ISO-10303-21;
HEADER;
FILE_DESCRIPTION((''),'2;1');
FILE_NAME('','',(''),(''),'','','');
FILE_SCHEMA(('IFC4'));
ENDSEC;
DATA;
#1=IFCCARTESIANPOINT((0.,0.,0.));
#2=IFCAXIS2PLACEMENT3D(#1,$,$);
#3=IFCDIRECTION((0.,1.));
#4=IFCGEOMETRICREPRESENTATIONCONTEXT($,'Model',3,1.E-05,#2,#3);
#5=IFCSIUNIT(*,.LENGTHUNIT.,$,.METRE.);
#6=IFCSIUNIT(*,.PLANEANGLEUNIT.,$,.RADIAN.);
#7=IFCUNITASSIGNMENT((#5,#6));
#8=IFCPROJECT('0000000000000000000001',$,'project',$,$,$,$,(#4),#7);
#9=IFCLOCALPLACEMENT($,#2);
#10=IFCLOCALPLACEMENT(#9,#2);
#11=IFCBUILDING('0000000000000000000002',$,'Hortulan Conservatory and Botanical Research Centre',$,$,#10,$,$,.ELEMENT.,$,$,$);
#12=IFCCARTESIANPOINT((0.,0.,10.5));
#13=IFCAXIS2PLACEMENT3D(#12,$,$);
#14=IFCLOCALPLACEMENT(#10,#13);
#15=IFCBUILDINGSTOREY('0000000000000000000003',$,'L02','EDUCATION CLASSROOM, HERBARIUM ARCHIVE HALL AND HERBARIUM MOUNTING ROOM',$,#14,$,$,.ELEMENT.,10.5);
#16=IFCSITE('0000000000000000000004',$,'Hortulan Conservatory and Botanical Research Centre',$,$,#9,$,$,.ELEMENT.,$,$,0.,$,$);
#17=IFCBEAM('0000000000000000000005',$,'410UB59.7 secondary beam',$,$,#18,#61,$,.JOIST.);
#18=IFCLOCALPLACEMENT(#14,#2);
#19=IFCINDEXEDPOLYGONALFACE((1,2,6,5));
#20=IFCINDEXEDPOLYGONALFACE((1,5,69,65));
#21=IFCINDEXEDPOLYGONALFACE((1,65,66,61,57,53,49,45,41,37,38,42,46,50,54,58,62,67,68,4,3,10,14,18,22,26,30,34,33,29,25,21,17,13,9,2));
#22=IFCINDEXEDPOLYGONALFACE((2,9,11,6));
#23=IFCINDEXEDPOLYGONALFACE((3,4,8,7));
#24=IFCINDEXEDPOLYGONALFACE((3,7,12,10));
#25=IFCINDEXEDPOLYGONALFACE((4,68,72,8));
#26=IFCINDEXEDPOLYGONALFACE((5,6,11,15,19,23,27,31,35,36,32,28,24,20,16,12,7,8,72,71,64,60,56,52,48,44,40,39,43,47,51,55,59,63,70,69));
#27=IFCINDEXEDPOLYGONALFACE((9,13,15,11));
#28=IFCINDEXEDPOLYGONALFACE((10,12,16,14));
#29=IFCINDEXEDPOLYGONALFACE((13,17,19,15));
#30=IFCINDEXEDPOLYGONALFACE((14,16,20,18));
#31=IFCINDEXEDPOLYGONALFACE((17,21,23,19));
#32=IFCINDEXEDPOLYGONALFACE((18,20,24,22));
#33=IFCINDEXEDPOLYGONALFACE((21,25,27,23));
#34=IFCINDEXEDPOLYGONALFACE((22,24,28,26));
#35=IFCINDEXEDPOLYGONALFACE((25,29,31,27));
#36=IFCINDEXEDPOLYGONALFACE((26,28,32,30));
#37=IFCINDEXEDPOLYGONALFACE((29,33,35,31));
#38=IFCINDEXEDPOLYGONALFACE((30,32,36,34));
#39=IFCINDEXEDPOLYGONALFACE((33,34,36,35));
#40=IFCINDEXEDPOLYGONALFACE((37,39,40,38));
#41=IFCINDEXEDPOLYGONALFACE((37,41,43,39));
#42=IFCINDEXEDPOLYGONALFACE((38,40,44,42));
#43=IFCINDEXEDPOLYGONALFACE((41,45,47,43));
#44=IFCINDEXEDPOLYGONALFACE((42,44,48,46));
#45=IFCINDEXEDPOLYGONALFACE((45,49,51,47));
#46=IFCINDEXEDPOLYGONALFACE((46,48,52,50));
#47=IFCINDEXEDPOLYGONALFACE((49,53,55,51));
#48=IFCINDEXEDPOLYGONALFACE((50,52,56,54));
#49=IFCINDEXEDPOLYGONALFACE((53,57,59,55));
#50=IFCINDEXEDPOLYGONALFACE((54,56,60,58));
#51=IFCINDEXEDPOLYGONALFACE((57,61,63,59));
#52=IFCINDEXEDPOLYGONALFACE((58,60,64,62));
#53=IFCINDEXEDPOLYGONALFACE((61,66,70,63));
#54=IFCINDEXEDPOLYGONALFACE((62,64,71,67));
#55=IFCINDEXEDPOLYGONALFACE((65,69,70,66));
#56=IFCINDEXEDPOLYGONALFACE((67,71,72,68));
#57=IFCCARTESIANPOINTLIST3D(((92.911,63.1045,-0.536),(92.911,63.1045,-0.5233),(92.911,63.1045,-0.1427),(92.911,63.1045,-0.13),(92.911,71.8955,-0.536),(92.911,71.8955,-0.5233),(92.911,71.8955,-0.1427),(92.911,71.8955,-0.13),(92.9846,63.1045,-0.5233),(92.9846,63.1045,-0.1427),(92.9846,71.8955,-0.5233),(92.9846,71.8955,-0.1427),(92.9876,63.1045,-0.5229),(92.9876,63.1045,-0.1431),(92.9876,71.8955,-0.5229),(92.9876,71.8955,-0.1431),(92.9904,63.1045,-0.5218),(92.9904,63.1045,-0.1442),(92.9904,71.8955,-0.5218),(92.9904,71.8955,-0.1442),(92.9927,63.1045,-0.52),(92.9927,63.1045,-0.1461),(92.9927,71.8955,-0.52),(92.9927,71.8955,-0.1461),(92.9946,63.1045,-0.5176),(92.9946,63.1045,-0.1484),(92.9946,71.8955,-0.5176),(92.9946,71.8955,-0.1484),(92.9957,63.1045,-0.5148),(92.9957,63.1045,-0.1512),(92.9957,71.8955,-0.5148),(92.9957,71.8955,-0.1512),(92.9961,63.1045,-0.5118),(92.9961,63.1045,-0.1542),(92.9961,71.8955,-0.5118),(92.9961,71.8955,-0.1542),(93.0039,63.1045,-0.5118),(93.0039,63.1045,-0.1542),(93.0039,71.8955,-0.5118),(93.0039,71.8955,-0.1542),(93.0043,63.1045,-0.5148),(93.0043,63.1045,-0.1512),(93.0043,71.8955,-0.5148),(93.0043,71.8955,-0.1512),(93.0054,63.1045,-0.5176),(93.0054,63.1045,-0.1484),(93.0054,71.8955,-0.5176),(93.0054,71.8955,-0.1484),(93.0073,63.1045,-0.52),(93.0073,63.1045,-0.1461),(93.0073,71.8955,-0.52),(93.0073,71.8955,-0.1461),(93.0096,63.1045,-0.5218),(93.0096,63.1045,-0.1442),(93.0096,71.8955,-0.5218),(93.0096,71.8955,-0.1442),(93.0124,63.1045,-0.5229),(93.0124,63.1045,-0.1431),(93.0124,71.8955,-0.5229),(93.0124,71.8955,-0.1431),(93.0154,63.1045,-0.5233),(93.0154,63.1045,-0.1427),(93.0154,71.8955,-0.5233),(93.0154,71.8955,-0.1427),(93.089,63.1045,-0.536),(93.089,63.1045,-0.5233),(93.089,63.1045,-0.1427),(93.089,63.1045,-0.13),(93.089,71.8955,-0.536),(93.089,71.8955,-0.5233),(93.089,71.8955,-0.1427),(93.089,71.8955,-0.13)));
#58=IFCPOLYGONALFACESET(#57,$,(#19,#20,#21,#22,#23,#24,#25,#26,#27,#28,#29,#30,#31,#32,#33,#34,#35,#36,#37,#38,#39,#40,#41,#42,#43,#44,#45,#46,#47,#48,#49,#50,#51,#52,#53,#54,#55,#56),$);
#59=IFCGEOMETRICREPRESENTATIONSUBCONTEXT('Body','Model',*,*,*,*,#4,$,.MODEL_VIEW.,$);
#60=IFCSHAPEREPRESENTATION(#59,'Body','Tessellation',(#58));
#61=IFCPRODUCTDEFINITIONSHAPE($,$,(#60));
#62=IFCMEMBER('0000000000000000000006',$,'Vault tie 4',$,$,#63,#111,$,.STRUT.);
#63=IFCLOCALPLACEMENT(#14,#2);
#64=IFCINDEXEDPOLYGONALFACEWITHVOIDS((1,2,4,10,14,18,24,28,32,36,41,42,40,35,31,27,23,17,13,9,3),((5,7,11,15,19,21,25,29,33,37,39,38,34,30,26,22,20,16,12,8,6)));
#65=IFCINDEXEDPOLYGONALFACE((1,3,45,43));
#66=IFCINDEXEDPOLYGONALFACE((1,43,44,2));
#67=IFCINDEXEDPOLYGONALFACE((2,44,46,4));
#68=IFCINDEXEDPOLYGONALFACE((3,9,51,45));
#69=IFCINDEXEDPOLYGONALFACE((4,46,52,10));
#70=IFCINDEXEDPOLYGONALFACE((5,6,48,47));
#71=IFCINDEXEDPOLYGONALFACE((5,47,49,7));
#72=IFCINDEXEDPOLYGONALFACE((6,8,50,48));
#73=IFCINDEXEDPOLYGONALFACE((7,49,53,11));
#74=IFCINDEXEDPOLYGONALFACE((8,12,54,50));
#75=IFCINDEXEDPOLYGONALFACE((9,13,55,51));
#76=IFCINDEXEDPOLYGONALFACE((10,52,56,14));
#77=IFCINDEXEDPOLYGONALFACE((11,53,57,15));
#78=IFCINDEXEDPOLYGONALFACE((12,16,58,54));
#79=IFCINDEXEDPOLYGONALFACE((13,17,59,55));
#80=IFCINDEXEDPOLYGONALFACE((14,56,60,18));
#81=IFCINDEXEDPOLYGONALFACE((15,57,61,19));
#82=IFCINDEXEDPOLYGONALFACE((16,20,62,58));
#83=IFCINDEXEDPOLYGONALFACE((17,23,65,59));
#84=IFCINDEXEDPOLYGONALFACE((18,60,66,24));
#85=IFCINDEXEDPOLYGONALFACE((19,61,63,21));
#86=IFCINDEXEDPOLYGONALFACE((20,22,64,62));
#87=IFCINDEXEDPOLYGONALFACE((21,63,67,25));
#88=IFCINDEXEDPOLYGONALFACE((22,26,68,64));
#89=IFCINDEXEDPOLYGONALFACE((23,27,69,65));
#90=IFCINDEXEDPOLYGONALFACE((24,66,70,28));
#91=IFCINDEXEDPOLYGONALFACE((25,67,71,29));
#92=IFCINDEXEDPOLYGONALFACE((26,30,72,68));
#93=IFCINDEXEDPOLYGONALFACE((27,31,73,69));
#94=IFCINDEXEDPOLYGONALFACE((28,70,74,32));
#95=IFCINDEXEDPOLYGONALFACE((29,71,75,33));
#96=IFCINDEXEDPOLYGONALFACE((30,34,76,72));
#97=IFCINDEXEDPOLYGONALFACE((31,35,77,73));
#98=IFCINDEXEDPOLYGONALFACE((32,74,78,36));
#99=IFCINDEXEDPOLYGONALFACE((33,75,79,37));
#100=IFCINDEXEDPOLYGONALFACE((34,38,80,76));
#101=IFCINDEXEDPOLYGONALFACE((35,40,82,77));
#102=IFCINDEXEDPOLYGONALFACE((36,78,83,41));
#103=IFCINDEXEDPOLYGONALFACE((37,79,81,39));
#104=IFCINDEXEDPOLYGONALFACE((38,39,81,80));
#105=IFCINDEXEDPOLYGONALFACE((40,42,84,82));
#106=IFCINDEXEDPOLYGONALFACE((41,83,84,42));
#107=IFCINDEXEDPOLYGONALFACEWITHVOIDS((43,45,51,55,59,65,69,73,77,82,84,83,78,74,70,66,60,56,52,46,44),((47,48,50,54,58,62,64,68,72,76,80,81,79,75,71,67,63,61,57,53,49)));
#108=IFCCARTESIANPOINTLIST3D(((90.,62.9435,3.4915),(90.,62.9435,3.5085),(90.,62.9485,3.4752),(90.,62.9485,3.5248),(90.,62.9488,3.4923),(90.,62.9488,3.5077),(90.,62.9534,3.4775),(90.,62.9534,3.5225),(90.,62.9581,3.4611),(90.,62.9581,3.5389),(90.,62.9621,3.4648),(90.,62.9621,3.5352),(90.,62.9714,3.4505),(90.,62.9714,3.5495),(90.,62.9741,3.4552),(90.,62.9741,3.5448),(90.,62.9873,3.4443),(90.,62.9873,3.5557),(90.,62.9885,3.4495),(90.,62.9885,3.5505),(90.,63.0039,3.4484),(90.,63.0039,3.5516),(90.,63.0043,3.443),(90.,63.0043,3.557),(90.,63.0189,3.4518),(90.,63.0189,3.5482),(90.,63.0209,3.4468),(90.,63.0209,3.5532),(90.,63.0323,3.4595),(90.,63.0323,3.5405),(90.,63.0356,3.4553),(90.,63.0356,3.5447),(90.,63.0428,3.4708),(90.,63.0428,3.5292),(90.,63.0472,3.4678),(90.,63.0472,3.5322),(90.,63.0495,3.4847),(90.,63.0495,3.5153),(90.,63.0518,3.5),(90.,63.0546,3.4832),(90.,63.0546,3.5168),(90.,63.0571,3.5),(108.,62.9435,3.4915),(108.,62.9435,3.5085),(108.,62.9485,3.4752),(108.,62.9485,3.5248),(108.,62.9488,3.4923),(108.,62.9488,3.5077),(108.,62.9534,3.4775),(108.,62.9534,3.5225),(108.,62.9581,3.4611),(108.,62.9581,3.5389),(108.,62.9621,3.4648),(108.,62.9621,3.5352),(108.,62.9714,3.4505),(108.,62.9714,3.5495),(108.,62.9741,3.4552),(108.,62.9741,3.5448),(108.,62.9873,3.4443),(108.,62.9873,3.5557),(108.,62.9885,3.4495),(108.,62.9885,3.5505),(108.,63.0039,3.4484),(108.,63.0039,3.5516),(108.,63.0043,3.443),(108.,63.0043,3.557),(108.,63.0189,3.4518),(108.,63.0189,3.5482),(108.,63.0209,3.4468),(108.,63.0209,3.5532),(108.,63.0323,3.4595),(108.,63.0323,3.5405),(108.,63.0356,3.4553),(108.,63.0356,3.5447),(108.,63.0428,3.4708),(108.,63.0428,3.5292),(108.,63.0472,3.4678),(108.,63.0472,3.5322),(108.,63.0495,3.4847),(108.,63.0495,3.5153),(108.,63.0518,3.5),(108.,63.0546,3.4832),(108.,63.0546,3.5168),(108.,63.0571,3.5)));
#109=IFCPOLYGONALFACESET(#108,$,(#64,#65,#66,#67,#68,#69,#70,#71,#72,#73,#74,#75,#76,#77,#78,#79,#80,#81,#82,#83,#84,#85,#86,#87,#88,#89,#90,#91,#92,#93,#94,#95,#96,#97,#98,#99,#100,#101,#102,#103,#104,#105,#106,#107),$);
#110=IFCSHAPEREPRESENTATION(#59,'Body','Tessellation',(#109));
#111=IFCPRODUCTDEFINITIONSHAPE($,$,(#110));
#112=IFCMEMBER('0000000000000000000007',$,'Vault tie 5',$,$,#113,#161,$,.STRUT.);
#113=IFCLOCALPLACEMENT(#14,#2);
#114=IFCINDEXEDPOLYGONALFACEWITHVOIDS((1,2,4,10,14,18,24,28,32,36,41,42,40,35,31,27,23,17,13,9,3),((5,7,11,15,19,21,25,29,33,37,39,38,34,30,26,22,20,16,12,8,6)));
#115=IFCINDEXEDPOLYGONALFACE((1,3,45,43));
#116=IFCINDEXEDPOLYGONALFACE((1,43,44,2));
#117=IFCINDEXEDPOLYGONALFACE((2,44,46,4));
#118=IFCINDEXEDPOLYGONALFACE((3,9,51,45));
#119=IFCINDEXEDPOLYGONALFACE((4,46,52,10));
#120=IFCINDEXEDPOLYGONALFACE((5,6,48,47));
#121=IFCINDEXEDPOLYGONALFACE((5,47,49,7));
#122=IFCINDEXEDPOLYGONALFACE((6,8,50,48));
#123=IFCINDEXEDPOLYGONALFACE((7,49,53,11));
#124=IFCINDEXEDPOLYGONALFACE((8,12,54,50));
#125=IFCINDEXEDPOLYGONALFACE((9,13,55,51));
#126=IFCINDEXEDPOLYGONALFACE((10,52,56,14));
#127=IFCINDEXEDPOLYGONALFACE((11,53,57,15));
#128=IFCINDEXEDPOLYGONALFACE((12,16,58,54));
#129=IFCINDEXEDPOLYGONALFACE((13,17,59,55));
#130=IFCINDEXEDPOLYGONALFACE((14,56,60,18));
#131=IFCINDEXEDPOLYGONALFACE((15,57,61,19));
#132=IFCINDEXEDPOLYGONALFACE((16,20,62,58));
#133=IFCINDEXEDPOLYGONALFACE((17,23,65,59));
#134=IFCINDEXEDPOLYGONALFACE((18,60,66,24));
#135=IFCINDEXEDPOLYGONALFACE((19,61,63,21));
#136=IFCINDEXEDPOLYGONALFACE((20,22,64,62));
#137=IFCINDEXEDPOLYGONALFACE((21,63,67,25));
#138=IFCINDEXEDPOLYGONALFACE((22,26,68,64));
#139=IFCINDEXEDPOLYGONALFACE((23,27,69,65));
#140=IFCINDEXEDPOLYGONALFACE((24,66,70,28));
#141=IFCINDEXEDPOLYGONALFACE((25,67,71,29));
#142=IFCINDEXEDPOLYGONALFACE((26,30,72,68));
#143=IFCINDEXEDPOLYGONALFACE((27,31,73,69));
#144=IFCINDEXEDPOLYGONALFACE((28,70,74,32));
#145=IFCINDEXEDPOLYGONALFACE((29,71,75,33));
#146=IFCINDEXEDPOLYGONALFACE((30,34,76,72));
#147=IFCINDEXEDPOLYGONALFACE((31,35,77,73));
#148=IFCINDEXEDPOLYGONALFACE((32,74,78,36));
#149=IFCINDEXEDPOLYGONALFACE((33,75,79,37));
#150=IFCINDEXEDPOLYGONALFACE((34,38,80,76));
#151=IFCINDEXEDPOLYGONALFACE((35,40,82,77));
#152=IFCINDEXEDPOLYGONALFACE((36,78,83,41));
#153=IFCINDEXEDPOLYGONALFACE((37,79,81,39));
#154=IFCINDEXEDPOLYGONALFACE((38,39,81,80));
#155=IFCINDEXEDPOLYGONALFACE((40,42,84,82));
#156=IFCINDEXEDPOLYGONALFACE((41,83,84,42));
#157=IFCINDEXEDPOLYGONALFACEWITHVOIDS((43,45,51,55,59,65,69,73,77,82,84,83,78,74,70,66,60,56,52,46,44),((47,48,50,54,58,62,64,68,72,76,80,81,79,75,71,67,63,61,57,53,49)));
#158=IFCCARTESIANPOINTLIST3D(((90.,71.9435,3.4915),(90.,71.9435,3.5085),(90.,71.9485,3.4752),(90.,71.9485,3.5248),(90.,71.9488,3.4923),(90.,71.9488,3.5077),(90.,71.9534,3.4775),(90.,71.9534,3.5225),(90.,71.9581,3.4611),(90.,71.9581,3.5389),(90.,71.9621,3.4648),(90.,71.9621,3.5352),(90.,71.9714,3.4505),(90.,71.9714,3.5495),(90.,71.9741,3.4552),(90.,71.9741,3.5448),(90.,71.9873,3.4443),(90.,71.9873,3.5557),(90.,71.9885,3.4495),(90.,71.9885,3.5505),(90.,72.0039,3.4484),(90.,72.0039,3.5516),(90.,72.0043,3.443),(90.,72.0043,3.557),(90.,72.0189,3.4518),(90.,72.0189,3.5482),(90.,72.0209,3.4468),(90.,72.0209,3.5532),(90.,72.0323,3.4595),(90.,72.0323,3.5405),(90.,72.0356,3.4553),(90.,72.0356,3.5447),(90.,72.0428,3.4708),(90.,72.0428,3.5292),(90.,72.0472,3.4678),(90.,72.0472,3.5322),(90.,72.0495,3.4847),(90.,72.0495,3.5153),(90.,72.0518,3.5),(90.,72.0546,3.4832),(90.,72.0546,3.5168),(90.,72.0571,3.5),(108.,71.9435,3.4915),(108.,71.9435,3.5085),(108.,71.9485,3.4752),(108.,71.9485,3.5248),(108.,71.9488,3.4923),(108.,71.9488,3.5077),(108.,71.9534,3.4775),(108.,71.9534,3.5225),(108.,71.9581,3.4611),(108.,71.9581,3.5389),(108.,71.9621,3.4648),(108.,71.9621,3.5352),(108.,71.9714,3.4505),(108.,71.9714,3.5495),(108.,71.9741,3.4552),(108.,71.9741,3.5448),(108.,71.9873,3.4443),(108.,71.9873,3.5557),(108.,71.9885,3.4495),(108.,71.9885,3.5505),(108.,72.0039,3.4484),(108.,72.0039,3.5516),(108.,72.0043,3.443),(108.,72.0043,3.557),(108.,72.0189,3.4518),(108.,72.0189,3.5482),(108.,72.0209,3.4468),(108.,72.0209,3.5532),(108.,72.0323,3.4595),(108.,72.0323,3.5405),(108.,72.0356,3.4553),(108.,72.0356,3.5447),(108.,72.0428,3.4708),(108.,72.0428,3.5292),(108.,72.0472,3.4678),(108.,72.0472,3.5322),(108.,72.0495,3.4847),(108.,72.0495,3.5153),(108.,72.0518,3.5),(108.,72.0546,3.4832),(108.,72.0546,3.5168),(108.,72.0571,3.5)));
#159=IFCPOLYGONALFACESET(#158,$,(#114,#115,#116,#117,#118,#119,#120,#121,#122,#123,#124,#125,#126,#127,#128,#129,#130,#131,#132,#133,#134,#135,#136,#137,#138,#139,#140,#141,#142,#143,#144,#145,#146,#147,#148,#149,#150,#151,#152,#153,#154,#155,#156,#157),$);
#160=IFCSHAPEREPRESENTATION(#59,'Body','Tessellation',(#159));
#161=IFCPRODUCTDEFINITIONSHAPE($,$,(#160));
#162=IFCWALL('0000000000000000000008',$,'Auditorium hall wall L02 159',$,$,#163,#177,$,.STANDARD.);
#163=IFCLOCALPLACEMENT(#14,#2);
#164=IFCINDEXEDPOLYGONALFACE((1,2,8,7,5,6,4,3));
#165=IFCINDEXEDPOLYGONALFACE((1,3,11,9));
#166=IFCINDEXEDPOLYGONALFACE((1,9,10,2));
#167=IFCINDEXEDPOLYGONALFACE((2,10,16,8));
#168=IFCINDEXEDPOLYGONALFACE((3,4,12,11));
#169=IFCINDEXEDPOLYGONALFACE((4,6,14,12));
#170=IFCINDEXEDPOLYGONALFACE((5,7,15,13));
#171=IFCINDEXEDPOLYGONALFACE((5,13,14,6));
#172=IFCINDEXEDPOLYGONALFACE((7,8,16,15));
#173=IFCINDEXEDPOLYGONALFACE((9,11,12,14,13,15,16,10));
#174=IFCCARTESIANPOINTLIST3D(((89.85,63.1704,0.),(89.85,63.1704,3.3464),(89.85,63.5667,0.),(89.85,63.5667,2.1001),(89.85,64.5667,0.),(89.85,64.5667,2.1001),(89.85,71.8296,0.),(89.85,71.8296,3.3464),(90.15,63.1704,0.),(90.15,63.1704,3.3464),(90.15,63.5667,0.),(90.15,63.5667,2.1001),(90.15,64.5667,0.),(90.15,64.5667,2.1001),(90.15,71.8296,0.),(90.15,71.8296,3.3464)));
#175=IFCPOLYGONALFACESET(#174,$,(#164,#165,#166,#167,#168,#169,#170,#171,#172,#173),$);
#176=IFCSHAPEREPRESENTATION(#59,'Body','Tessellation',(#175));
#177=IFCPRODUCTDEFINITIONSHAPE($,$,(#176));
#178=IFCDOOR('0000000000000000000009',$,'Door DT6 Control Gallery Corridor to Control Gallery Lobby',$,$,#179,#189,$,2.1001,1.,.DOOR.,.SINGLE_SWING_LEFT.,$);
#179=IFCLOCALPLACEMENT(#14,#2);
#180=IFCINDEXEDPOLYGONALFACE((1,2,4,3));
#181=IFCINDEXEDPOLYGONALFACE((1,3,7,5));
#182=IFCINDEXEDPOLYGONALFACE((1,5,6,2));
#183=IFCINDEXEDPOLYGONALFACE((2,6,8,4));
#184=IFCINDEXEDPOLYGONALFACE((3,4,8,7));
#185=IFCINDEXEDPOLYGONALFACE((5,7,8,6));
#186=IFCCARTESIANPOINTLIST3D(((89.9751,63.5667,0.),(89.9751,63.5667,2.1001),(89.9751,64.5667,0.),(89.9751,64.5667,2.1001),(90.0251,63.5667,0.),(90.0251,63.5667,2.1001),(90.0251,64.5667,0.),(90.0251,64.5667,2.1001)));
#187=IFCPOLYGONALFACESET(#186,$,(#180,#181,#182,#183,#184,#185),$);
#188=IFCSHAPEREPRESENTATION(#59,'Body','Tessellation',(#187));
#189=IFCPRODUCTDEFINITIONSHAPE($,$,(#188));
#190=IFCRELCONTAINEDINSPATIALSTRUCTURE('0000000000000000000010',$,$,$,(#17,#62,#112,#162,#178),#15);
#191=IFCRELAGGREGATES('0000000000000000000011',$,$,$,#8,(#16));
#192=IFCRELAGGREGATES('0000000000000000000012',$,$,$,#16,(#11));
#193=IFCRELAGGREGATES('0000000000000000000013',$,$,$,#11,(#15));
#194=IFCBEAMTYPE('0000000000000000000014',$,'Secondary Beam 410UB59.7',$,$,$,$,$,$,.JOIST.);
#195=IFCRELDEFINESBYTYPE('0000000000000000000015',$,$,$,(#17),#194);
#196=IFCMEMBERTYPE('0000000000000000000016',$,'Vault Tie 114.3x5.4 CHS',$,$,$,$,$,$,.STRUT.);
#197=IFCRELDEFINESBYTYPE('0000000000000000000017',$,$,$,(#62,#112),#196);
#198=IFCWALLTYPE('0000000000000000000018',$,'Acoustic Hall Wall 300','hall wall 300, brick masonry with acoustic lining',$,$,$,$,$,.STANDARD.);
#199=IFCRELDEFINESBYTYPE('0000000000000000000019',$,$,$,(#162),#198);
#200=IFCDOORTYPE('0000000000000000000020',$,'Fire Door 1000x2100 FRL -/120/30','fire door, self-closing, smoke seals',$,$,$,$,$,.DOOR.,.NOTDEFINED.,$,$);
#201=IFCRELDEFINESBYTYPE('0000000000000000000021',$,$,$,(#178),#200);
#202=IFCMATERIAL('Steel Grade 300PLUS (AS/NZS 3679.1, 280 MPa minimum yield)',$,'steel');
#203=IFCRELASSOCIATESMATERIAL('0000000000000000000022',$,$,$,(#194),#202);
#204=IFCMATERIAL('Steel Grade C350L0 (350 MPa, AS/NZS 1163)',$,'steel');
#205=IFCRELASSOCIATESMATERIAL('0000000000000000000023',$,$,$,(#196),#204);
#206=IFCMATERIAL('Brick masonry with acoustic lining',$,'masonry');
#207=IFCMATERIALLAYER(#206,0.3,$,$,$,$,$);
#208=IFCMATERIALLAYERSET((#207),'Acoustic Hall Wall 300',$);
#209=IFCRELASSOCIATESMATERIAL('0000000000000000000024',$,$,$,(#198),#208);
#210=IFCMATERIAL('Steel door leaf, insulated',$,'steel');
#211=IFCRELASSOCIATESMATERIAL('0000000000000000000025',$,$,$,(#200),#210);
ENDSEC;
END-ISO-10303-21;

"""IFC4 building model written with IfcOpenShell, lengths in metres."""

from ifc_helpers import new_model, si_unit, direction, frame, frame_2d, origin, origin_2d, place, context, subcontext, project, spatial, rectangle, hollow_circle, i_section, extrude, material, layer, layer_set, material_profile, profile_set, type_object, element, fill, save


model = new_model("IFC4")

# Units and contexts
model_context = context("Model", 3, precision=1e-05, world=origin(), true_north=direction((0.0, 1.0)))
body_context = subcontext(model_context, "Body", "Model", "MODEL_VIEW")
ifc_project = project(units=[si_unit("LENGTHUNIT", "METRE"), si_unit("PLANEANGLEUNIT", "RADIAN")], contexts=[model_context])

# Site, building, storey
site_placement = place(None, origin())
site = spatial("IfcSite", under=ifc_project, at=site_placement, Name="Hortulan Conservatory and Botanical Research Centre", CompositionType="ELEMENT", RefElevation=0.0)
building_placement = place(site_placement, origin())
building = spatial("IfcBuilding", under=site, at=building_placement, Name="Hortulan Conservatory and Botanical Research Centre", CompositionType="ELEMENT")
storey_placement = place(building_placement, frame((0.0, 0.0, 10.5)))
storey = spatial("IfcBuildingStorey", under=building, at=storey_placement, Name="L02", Description="EDUCATION CLASSROOM, HERBARIUM ARCHIVE HALL AND HERBARIUM MOUNTING ROOM", CompositionType="ELEMENT", Elevation=10.5)

# Shared definitions
ifc_material_1 = material(Name="Steel Grade 300PLUS (AS/NZS 3679.1, 280 MPa minimum yield)", Category="steel")

# Beam
ifc_material_profile_1 = material_profile(ifc_material_1, i_section(OverallWidth=0.178, OverallDepth=0.406, WebThickness=0.0078, FlangeThickness=0.0127, FilletRadius=0.0115, at=origin_2d()), Name="410UB59.7")
ifc_profile_set_1 = profile_set([ifc_material_profile_1], Name="Steel Grade 300PLUS (AS/NZS 3679.1, 280 MPa minimum yield)")
beam_type_1 = type_object("IfcBeamType", Name="Secondary Beam 410UB59.7", PredefinedType="JOIST", material=ifc_profile_set_1)
beam_1_placement = place(storey_placement, frame((93.0, 63.1045, -0.333), z_axis=(0.0, 1.0, 0.0), x_axis=(-1.0, 0.0, 0.0)))
element("IfcBeam", 1, at=beam_1_placement, inside=storey, type_object=beam_type_1, Name="410UB59.7 secondary beam", PredefinedType="JOIST", context=body_context, shape_type="SweptSolid", body=[
    extrude(i_section(OverallWidth=0.178, OverallDepth=0.406, WebThickness=0.0078, FlangeThickness=0.0127, FilletRadius=0.0115, at=origin_2d()), origin(), (0.0, 0.0, 1.0), 8.791),
])

# Members
ifc_material_2 = material(Name="Steel Grade C350L0 (350 MPa, AS/NZS 1163)", Category="steel")
ifc_material_profile_2 = material_profile(ifc_material_2, hollow_circle(Radius=0.0571, WallThickness=0.0054, at=origin_2d()), Name="114.3x5.4CHS")
ifc_profile_set_2 = profile_set([ifc_material_profile_2], Name="Steel Grade C350L0 (350 MPa, AS/NZS 1163)")
member_type = type_object("IfcMemberType", Name="Vault Tie 114.3x5.4 CHS", PredefinedType="STRUT", material=ifc_profile_set_2)
for number, where, z_axis, x_axis, name in (
    (2, (90.0, 63.0, 3.5), (1.0, 0.0, 0.0), (0.0, 1.0, 0.0), "Vault tie 4"),
    (3, (90.0, 72.0, 3.5), (1.0, 0.0, 0.0), (0.0, 1.0, 0.0), "Vault tie 5"),
):
    element("IfcMember", number, at=place(storey_placement, frame(where, z_axis=z_axis, x_axis=x_axis)), inside=storey, type_object=member_type, Name=name, PredefinedType="STRUT", context=body_context, shape_type="SweptSolid", body=[
        extrude(hollow_circle(Radius=0.0571, WallThickness=0.0054, at=origin_2d()), origin(), (0.0, 0.0, 1.0), 18.0),
    ])

# Wall, opening, door
ifc_material_3 = material(Name="Brick masonry with acoustic lining", Category="masonry")
ifc_layer_1 = layer(ifc_material_3, 0.3)
ifc_layer_set_1 = layer_set([ifc_layer_1], Name="Acoustic Hall Wall 300")
wall_type_1 = type_object("IfcWallType", Name="Acoustic Hall Wall 300", Description="hall wall 300, brick masonry with acoustic lining", PredefinedType="STANDARD", material=ifc_layer_set_1)
wall_1_placement = place(storey_placement, frame((90.0, 63.1704, 0.0), z_axis=(0.0, 0.0, 1.0), x_axis=(0.0, 1.0, 0.0)))
wall_1 = element("IfcWall", 4, at=wall_1_placement, inside=storey, type_object=wall_type_1, Name="Auditorium hall wall L02 159", PredefinedType="STANDARD", context=body_context, shape_type="SweptSolid", body=[
    extrude(rectangle(XDim=8.6592, YDim=0.3, at=frame_2d((4.3296, 0.0))), origin(), (0.0, 0.0, 1.0), 3.3464),
])
opening_1_placement = place(wall_1_placement, frame((0.3962, 0.0, 0.0)))
opening_1 = element("IfcOpeningElement", 5, at=opening_1_placement, cuts=wall_1, PredefinedType="OPENING", context=body_context, shape_type="SweptSolid", body=[
    extrude(rectangle(XDim=1.0, YDim=2.1001, at=frame_2d((0.5, 1.05))), frame((0.0, 0.1599, 0.0), z_axis=(0.0, -1.0, 0.0), x_axis=(1.0, 0.0, 0.0)), (0.0, 0.0, 1.0), 0.3201),
])
ifc_material_4 = material(Name="Steel door leaf, insulated", Category="steel")
door_type_1 = type_object("IfcDoorType", Name="Fire Door 1000x2100 FRL -/120/30", Description="fire door, self-closing, smoke seals", OperationType="NOTDEFINED", PredefinedType="DOOR", material=ifc_material_4)
door_1_placement = place(opening_1_placement, origin())
door_1 = element("IfcDoor", 6, at=door_1_placement, inside=storey, type_object=door_type_1, Name="Door DT6 Control Gallery Corridor to Control Gallery Lobby", OperationType="SINGLE_SWING_LEFT", OverallHeight=2.1001, OverallWidth=1.0, PredefinedType="DOOR", context=body_context, shape_type="SweptSolid", body=[
    extrude(rectangle(XDim=1.0, YDim=2.1001, at=frame_2d((0.5, 1.05))), frame((0.0, 0.0249, 0.0), z_axis=(0.0, -1.0, 0.0), x_axis=(1.0, 0.0, 0.0)), (0.0, 0.0, 1.0), 0.05),
])
fill(opening_1, door_1)

save(model, "model.ifc")
